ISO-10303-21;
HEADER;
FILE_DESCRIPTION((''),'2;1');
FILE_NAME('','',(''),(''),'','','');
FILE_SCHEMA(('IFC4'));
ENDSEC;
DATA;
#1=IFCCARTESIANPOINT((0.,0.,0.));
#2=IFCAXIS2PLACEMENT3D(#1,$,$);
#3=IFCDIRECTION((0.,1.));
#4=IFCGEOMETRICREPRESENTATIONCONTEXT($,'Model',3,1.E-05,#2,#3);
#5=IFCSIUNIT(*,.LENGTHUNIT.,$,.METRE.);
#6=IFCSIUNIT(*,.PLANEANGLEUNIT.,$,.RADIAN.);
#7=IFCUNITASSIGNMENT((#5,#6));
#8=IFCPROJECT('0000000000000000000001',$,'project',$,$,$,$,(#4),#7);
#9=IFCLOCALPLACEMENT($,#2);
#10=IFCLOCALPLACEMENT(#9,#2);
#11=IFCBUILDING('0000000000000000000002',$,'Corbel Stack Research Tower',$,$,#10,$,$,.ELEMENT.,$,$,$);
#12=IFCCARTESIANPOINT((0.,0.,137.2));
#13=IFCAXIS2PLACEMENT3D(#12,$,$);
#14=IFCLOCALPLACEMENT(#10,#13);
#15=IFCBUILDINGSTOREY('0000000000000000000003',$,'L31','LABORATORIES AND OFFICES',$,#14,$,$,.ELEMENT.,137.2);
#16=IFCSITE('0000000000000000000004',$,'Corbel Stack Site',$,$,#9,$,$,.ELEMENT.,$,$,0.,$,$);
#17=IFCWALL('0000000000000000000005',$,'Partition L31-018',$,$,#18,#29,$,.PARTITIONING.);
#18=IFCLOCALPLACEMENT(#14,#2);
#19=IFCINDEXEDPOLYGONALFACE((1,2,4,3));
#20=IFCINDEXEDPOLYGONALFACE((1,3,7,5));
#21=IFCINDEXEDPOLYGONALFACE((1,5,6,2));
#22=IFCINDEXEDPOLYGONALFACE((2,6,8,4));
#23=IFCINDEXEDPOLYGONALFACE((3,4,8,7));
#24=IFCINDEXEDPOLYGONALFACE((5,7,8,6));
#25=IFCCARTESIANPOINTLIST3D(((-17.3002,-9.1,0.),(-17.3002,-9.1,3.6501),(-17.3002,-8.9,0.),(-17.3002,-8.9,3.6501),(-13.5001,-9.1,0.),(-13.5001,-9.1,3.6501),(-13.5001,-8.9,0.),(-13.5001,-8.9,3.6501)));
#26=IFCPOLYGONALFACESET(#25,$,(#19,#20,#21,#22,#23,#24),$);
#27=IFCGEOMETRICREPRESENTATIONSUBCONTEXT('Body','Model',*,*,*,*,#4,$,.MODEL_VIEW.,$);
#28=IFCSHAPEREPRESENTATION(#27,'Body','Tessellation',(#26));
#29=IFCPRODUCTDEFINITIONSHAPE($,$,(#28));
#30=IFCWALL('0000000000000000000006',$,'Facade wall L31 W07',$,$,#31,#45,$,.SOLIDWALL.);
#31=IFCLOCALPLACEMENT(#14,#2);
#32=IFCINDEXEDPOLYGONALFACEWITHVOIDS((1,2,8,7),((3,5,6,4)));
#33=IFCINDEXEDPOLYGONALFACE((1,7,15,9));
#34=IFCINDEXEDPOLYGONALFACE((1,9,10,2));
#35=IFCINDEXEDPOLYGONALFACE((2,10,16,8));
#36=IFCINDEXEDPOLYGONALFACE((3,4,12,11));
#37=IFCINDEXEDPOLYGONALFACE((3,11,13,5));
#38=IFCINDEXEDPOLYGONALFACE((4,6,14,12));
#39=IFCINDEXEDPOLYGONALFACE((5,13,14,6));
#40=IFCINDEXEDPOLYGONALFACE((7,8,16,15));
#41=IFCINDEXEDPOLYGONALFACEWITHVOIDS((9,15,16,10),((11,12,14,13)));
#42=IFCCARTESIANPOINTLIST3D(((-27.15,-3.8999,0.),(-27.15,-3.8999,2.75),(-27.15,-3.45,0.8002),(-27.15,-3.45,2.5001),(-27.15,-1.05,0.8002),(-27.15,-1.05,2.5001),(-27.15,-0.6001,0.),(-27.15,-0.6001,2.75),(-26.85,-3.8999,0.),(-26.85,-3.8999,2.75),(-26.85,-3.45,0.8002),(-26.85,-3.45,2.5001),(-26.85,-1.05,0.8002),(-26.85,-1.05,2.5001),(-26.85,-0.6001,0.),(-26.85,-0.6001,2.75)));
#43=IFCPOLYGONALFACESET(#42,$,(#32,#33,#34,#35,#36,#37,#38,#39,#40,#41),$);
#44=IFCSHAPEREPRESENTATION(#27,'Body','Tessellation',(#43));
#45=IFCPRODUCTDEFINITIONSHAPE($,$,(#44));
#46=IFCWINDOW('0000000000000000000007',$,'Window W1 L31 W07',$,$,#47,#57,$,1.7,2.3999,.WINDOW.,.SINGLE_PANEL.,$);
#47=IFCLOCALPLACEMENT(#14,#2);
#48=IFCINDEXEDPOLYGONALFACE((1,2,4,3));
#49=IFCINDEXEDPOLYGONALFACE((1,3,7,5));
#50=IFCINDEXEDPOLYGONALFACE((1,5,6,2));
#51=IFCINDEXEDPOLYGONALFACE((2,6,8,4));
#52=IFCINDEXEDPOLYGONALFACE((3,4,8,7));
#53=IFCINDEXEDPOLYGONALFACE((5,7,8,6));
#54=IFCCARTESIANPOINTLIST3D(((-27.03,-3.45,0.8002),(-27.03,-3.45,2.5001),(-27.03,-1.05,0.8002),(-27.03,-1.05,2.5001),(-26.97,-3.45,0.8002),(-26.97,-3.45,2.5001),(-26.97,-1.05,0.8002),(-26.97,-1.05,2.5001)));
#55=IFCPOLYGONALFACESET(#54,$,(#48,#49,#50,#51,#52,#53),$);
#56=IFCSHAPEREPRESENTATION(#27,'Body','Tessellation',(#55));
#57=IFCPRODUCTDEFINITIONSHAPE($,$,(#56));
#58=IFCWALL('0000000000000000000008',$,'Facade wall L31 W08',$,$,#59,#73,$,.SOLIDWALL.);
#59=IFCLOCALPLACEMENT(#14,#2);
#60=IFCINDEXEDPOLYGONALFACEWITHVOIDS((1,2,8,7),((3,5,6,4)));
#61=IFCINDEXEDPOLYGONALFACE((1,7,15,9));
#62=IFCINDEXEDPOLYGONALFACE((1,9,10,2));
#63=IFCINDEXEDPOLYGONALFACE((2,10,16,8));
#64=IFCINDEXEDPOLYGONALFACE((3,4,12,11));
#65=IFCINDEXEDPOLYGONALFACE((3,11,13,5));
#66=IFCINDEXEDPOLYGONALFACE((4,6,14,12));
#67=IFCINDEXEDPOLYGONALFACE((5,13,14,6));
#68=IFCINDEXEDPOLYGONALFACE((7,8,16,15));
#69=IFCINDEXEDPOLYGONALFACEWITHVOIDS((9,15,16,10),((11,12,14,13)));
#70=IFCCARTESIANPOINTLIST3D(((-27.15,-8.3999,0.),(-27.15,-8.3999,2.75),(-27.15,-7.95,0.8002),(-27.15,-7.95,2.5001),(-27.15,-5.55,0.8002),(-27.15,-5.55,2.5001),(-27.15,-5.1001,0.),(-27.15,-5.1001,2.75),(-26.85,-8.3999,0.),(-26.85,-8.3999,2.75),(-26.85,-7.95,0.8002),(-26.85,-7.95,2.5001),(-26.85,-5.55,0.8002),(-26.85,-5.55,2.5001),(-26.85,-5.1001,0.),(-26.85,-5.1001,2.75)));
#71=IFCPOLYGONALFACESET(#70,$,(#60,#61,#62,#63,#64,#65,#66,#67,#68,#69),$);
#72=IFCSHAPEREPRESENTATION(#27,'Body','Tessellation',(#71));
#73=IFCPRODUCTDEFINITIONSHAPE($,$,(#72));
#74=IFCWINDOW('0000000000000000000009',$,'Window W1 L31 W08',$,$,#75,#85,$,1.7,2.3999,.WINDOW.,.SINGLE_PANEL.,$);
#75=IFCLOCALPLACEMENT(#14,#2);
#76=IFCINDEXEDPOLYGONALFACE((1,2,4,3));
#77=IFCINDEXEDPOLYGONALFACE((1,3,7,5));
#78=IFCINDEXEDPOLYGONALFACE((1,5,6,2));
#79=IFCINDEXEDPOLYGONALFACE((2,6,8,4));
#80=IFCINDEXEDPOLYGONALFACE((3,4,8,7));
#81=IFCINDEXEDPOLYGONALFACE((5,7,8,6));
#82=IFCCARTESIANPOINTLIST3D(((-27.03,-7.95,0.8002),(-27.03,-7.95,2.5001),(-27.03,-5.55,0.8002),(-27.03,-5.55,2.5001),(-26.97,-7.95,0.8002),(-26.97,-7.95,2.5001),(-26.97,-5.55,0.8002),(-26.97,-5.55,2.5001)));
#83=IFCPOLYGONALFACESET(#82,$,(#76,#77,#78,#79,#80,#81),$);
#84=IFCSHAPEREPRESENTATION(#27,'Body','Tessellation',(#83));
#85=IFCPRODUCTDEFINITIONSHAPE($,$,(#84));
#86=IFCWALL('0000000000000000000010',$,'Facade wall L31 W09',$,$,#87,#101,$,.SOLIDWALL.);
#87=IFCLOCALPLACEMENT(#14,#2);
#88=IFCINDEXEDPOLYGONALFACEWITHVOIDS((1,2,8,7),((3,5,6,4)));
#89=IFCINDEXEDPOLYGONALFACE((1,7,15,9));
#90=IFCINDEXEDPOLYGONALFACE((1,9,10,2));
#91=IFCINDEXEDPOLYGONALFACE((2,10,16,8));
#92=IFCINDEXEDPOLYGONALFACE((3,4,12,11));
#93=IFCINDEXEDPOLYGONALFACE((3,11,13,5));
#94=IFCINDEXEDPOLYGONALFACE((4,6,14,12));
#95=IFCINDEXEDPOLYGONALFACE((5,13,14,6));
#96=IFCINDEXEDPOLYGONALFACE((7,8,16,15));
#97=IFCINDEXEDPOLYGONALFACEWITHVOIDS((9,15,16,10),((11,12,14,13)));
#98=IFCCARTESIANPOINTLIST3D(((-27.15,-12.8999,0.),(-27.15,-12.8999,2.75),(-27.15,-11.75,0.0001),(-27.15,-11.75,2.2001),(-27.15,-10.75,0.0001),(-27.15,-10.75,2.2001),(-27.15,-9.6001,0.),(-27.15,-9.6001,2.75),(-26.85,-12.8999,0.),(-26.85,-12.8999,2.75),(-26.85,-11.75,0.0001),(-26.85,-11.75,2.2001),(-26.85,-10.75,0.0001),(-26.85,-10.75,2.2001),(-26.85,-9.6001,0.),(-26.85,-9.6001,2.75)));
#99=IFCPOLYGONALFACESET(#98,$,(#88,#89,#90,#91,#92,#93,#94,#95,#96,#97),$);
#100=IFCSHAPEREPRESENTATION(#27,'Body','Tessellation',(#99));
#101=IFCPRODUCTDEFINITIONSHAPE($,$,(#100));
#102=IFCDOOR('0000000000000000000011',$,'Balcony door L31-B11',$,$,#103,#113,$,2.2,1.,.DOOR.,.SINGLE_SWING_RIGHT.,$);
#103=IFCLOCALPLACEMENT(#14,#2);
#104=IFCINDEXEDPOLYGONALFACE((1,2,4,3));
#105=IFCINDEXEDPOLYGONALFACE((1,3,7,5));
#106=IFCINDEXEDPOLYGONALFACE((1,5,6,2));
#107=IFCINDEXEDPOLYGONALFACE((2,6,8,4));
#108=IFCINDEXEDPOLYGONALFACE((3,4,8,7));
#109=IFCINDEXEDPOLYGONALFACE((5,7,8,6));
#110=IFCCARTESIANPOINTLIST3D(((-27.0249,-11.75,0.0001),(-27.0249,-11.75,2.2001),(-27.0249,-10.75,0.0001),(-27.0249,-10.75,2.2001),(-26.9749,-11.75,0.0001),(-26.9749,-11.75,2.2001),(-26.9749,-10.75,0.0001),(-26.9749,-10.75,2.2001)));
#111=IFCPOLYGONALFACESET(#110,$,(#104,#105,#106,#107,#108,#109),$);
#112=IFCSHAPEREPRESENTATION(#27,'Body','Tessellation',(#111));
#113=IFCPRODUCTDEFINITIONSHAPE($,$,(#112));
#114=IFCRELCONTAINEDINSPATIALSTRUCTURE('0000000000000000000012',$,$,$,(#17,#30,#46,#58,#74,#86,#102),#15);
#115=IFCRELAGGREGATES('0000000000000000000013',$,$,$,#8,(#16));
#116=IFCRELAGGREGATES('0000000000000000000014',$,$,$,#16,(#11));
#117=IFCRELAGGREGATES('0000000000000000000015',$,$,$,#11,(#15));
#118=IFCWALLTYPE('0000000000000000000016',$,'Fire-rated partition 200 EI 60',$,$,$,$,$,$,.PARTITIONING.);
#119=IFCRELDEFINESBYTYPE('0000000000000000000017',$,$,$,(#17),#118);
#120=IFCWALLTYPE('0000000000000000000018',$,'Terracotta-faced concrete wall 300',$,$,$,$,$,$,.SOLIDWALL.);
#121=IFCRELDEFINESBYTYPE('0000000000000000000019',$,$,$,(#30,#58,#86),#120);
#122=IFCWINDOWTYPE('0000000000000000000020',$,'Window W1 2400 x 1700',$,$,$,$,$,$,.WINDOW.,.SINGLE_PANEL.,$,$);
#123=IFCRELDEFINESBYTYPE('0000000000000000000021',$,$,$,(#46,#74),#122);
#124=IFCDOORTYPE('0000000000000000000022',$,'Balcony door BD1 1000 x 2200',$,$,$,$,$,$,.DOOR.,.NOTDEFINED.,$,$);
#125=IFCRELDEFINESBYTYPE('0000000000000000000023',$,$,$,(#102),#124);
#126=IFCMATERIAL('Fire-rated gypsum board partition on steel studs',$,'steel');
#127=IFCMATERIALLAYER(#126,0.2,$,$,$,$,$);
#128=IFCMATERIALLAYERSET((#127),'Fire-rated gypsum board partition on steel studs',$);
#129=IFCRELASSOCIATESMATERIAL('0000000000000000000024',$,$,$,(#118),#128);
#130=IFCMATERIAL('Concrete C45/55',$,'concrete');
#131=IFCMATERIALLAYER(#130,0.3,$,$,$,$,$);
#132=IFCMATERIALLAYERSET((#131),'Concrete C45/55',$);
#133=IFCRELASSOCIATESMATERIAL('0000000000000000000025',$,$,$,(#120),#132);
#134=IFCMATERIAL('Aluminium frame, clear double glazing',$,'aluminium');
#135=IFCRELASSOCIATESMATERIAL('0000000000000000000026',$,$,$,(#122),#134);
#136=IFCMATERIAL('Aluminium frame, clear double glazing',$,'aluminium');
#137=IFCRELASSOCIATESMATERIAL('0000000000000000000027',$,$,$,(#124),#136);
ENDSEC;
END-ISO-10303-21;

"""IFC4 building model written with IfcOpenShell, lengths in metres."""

from ifc_helpers import new_model, si_unit, direction, frame, frame_2d, origin, place, context, subcontext, project, spatial, rectangle, extrude, material, layer, layer_set, type_object, element, fill, save


model = new_model("IFC4")

# Units and contexts
model_context = context("Model", 3, precision=1e-05, world=origin(), true_north=direction((0.0, 1.0)))
body_context = subcontext(model_context, "Body", "Model", "MODEL_VIEW")
ifc_project = project(units=[si_unit("LENGTHUNIT", "METRE"), si_unit("PLANEANGLEUNIT", "RADIAN")], contexts=[model_context])

# Site, building, storey
site_placement = place(None, origin())
site = spatial("IfcSite", under=ifc_project, at=site_placement, Name="Corbel Stack Site", CompositionType="ELEMENT", RefElevation=0.0)
building_placement = place(site_placement, origin())
building = spatial("IfcBuilding", under=site, at=building_placement, Name="Corbel Stack Research Tower", CompositionType="ELEMENT")
storey_placement = place(building_placement, frame((0.0, 0.0, 137.2)))
storey = spatial("IfcBuildingStorey", under=building, at=storey_placement, Name="L31", Description="LABORATORIES AND OFFICES", CompositionType="ELEMENT", Elevation=137.2)

# Shared definitions
ifc_material_1 = material(Name="Fire-rated gypsum board partition on steel studs", Category="steel")
ifc_layer_1 = layer(ifc_material_1, 0.2)
ifc_layer_set_1 = layer_set([ifc_layer_1], Name="Fire-rated gypsum board partition on steel studs")
wall_type_1 = type_object("IfcWallType", Name="Fire-rated partition 200 EI 60", PredefinedType="PARTITIONING", material=ifc_layer_set_1)

# Wall
wall_1_placement = place(storey_placement, frame((-17.3, -9.0, 0.0), z_axis=(0.0, 0.0, 1.0), x_axis=(1.0, 0.0, 0.0)))
element("IfcWall", 1, at=wall_1_placement, inside=storey, type_object=wall_type_1, Name="Partition L31-018", PredefinedType="PARTITIONING", context=body_context, shape_type="SweptSolid", body=[
    extrude(rectangle(XDim=3.8, YDim=0.2, at=frame_2d((1.8999, 0.0))), origin(), (0.0, 0.0, 1.0), 3.6501),
])

# Walls, openings, windows
ifc_material_2 = material(Name="Concrete C45/55", Category="concrete")
ifc_layer_2 = layer(ifc_material_2, 0.3)
ifc_layer_set_2 = layer_set([ifc_layer_2], Name="Concrete C45/55")
wall_type_2 = type_object("IfcWallType", Name="Terracotta-faced concrete wall 300", PredefinedType="SOLIDWALL", material=ifc_layer_set_2)
wall_2_placement = place(storey_placement, frame((-27.0, -3.8999, 0.0), z_axis=(0.0, 0.0, 1.0), x_axis=(0.0, 1.0, 0.0)))
wall_2 = element("IfcWall", 2, at=wall_2_placement, inside=storey, type_object=wall_type_2, Name="Facade wall L31 W07", PredefinedType="SOLIDWALL", context=body_context, shape_type="SweptSolid", body=[
    extrude(rectangle(XDim=3.2998, YDim=0.3, at=frame_2d((1.6499, 0.0))), origin(), (0.0, 0.0, 1.0), 2.75),
])
opening_1_placement = place(wall_2_placement, frame((0.45, 0.0, 0.8)))
opening_1 = element("IfcOpeningElement", 3, at=opening_1_placement, cuts=wall_2, PredefinedType="OPENING", context=body_context, shape_type="SweptSolid", body=[
    extrude(rectangle(XDim=2.3999, YDim=1.7, at=frame_2d((1.2, 0.8501))), frame((0.0, 0.1599, 0.0), z_axis=(0.0, -1.0, 0.0), x_axis=(1.0, 0.0, 0.0)), (0.0, 0.0, 1.0), 0.3201),
])
ifc_material_3 = material(Name="Aluminium frame, clear double glazing", Category="aluminium")
window_type = type_object("IfcWindowType", Name="Window W1 2400 x 1700", PartitioningType="SINGLE_PANEL", PredefinedType="WINDOW", material=ifc_material_3)
window_1_placement = place(opening_1_placement, origin())
window_1 = element("IfcWindow", 4, at=window_1_placement, inside=storey, type_object=window_type, Name="Window W1 L31 W07", OverallHeight=1.7, OverallWidth=2.3999, PartitioningType="SINGLE_PANEL", PredefinedType="WINDOW", context=body_context, shape_type="SweptSolid", body=[
    extrude(rectangle(XDim=2.3999, YDim=1.7, at=frame_2d((1.2, 0.8501))), frame((0.0, 0.03, 0.0), z_axis=(0.0, -1.0, 0.0), x_axis=(1.0, 0.0, 0.0)), (0.0, 0.0, 1.0), 0.0601),
])
fill(opening_1, window_1)
wall_3_placement = place(storey_placement, frame((-27.0, -8.3999, 0.0), z_axis=(0.0, 0.0, 1.0), x_axis=(0.0, 1.0, 0.0)))
wall_3 = element("IfcWall", 5, at=wall_3_placement, inside=storey, type_object=wall_type_2, Name="Facade wall L31 W08", PredefinedType="SOLIDWALL", context=body_context, shape_type="SweptSolid", body=[
    extrude(rectangle(XDim=3.2998, YDim=0.3, at=frame_2d((1.6499, 0.0))), origin(), (0.0, 0.0, 1.0), 2.75),
])
opening_2_placement = place(wall_3_placement, frame((0.45, 0.0, 0.8)))
opening_2 = element("IfcOpeningElement", 6, at=opening_2_placement, cuts=wall_3, PredefinedType="OPENING", context=body_context, shape_type="SweptSolid", body=[
    extrude(rectangle(XDim=2.3999, YDim=1.7, at=frame_2d((1.2, 0.8501))), frame((0.0, 0.1599, 0.0), z_axis=(0.0, -1.0, 0.0), x_axis=(1.0, 0.0, 0.0)), (0.0, 0.0, 1.0), 0.3201),
])
window_2_placement = place(opening_2_placement, origin())
window_2 = element("IfcWindow", 7, at=window_2_placement, inside=storey, type_object=window_type, Name="Window W1 L31 W08", OverallHeight=1.7, OverallWidth=2.3999, PartitioningType="SINGLE_PANEL", PredefinedType="WINDOW", context=body_context, shape_type="SweptSolid", body=[
    extrude(rectangle(XDim=2.3999, YDim=1.7, at=frame_2d((1.2, 0.8501))), frame((0.0, 0.03, 0.0), z_axis=(0.0, -1.0, 0.0), x_axis=(1.0, 0.0, 0.0)), (0.0, 0.0, 1.0), 0.0601),
])
fill(opening_2, window_2)

# Wall, opening, door
wall_4_placement = place(storey_placement, frame((-27.0, -12.8999, 0.0), z_axis=(0.0, 0.0, 1.0), x_axis=(0.0, 1.0, 0.0)))
wall_4 = element("IfcWall", 8, at=wall_4_placement, inside=storey, type_object=wall_type_2, Name="Facade wall L31 W09", PredefinedType="SOLIDWALL", context=body_context, shape_type="SweptSolid", body=[
    extrude(rectangle(XDim=3.2998, YDim=0.3, at=frame_2d((1.6499, 0.0))), origin(), (0.0, 0.0, 1.0), 2.75),
])
opening_3_placement = place(wall_4_placement, frame((1.1499, 0.0, 0.0)))
opening_3 = element("IfcOpeningElement", 9, at=opening_3_placement, cuts=wall_4, PredefinedType="OPENING", context=body_context, shape_type="SweptSolid", body=[
    extrude(rectangle(XDim=1.0, YDim=2.2, at=frame_2d((0.5, 1.1001))), frame((0.0, 0.1599, 0.0), z_axis=(0.0, -1.0, 0.0), x_axis=(1.0, 0.0, 0.0)), (0.0, 0.0, 1.0), 0.3201),
])
ifc_material_4 = material(Name="Aluminium frame, clear double glazing", Category="aluminium")
door_type_1 = type_object("IfcDoorType", Name="Balcony door BD1 1000 x 2200", OperationType="NOTDEFINED", PredefinedType="DOOR", material=ifc_material_4)
door_1_placement = place(opening_3_placement, origin())
door_1 = element("IfcDoor", 10, at=door_1_placement, inside=storey, type_object=door_type_1, Name="Balcony door L31-B11", OperationType="SINGLE_SWING_RIGHT", OverallHeight=2.2, OverallWidth=1.0, PredefinedType="DOOR", context=body_context, shape_type="SweptSolid", body=[
    extrude(rectangle(XDim=1.0, YDim=2.2, at=frame_2d((0.5, 1.1001))), frame((0.0, 0.0249, 0.0), z_axis=(0.0, -1.0, 0.0), x_axis=(1.0, 0.0, 0.0)), (0.0, 0.0, 1.0), 0.05),
])
fill(opening_3, door_1)

save(model, "model.ifc")
